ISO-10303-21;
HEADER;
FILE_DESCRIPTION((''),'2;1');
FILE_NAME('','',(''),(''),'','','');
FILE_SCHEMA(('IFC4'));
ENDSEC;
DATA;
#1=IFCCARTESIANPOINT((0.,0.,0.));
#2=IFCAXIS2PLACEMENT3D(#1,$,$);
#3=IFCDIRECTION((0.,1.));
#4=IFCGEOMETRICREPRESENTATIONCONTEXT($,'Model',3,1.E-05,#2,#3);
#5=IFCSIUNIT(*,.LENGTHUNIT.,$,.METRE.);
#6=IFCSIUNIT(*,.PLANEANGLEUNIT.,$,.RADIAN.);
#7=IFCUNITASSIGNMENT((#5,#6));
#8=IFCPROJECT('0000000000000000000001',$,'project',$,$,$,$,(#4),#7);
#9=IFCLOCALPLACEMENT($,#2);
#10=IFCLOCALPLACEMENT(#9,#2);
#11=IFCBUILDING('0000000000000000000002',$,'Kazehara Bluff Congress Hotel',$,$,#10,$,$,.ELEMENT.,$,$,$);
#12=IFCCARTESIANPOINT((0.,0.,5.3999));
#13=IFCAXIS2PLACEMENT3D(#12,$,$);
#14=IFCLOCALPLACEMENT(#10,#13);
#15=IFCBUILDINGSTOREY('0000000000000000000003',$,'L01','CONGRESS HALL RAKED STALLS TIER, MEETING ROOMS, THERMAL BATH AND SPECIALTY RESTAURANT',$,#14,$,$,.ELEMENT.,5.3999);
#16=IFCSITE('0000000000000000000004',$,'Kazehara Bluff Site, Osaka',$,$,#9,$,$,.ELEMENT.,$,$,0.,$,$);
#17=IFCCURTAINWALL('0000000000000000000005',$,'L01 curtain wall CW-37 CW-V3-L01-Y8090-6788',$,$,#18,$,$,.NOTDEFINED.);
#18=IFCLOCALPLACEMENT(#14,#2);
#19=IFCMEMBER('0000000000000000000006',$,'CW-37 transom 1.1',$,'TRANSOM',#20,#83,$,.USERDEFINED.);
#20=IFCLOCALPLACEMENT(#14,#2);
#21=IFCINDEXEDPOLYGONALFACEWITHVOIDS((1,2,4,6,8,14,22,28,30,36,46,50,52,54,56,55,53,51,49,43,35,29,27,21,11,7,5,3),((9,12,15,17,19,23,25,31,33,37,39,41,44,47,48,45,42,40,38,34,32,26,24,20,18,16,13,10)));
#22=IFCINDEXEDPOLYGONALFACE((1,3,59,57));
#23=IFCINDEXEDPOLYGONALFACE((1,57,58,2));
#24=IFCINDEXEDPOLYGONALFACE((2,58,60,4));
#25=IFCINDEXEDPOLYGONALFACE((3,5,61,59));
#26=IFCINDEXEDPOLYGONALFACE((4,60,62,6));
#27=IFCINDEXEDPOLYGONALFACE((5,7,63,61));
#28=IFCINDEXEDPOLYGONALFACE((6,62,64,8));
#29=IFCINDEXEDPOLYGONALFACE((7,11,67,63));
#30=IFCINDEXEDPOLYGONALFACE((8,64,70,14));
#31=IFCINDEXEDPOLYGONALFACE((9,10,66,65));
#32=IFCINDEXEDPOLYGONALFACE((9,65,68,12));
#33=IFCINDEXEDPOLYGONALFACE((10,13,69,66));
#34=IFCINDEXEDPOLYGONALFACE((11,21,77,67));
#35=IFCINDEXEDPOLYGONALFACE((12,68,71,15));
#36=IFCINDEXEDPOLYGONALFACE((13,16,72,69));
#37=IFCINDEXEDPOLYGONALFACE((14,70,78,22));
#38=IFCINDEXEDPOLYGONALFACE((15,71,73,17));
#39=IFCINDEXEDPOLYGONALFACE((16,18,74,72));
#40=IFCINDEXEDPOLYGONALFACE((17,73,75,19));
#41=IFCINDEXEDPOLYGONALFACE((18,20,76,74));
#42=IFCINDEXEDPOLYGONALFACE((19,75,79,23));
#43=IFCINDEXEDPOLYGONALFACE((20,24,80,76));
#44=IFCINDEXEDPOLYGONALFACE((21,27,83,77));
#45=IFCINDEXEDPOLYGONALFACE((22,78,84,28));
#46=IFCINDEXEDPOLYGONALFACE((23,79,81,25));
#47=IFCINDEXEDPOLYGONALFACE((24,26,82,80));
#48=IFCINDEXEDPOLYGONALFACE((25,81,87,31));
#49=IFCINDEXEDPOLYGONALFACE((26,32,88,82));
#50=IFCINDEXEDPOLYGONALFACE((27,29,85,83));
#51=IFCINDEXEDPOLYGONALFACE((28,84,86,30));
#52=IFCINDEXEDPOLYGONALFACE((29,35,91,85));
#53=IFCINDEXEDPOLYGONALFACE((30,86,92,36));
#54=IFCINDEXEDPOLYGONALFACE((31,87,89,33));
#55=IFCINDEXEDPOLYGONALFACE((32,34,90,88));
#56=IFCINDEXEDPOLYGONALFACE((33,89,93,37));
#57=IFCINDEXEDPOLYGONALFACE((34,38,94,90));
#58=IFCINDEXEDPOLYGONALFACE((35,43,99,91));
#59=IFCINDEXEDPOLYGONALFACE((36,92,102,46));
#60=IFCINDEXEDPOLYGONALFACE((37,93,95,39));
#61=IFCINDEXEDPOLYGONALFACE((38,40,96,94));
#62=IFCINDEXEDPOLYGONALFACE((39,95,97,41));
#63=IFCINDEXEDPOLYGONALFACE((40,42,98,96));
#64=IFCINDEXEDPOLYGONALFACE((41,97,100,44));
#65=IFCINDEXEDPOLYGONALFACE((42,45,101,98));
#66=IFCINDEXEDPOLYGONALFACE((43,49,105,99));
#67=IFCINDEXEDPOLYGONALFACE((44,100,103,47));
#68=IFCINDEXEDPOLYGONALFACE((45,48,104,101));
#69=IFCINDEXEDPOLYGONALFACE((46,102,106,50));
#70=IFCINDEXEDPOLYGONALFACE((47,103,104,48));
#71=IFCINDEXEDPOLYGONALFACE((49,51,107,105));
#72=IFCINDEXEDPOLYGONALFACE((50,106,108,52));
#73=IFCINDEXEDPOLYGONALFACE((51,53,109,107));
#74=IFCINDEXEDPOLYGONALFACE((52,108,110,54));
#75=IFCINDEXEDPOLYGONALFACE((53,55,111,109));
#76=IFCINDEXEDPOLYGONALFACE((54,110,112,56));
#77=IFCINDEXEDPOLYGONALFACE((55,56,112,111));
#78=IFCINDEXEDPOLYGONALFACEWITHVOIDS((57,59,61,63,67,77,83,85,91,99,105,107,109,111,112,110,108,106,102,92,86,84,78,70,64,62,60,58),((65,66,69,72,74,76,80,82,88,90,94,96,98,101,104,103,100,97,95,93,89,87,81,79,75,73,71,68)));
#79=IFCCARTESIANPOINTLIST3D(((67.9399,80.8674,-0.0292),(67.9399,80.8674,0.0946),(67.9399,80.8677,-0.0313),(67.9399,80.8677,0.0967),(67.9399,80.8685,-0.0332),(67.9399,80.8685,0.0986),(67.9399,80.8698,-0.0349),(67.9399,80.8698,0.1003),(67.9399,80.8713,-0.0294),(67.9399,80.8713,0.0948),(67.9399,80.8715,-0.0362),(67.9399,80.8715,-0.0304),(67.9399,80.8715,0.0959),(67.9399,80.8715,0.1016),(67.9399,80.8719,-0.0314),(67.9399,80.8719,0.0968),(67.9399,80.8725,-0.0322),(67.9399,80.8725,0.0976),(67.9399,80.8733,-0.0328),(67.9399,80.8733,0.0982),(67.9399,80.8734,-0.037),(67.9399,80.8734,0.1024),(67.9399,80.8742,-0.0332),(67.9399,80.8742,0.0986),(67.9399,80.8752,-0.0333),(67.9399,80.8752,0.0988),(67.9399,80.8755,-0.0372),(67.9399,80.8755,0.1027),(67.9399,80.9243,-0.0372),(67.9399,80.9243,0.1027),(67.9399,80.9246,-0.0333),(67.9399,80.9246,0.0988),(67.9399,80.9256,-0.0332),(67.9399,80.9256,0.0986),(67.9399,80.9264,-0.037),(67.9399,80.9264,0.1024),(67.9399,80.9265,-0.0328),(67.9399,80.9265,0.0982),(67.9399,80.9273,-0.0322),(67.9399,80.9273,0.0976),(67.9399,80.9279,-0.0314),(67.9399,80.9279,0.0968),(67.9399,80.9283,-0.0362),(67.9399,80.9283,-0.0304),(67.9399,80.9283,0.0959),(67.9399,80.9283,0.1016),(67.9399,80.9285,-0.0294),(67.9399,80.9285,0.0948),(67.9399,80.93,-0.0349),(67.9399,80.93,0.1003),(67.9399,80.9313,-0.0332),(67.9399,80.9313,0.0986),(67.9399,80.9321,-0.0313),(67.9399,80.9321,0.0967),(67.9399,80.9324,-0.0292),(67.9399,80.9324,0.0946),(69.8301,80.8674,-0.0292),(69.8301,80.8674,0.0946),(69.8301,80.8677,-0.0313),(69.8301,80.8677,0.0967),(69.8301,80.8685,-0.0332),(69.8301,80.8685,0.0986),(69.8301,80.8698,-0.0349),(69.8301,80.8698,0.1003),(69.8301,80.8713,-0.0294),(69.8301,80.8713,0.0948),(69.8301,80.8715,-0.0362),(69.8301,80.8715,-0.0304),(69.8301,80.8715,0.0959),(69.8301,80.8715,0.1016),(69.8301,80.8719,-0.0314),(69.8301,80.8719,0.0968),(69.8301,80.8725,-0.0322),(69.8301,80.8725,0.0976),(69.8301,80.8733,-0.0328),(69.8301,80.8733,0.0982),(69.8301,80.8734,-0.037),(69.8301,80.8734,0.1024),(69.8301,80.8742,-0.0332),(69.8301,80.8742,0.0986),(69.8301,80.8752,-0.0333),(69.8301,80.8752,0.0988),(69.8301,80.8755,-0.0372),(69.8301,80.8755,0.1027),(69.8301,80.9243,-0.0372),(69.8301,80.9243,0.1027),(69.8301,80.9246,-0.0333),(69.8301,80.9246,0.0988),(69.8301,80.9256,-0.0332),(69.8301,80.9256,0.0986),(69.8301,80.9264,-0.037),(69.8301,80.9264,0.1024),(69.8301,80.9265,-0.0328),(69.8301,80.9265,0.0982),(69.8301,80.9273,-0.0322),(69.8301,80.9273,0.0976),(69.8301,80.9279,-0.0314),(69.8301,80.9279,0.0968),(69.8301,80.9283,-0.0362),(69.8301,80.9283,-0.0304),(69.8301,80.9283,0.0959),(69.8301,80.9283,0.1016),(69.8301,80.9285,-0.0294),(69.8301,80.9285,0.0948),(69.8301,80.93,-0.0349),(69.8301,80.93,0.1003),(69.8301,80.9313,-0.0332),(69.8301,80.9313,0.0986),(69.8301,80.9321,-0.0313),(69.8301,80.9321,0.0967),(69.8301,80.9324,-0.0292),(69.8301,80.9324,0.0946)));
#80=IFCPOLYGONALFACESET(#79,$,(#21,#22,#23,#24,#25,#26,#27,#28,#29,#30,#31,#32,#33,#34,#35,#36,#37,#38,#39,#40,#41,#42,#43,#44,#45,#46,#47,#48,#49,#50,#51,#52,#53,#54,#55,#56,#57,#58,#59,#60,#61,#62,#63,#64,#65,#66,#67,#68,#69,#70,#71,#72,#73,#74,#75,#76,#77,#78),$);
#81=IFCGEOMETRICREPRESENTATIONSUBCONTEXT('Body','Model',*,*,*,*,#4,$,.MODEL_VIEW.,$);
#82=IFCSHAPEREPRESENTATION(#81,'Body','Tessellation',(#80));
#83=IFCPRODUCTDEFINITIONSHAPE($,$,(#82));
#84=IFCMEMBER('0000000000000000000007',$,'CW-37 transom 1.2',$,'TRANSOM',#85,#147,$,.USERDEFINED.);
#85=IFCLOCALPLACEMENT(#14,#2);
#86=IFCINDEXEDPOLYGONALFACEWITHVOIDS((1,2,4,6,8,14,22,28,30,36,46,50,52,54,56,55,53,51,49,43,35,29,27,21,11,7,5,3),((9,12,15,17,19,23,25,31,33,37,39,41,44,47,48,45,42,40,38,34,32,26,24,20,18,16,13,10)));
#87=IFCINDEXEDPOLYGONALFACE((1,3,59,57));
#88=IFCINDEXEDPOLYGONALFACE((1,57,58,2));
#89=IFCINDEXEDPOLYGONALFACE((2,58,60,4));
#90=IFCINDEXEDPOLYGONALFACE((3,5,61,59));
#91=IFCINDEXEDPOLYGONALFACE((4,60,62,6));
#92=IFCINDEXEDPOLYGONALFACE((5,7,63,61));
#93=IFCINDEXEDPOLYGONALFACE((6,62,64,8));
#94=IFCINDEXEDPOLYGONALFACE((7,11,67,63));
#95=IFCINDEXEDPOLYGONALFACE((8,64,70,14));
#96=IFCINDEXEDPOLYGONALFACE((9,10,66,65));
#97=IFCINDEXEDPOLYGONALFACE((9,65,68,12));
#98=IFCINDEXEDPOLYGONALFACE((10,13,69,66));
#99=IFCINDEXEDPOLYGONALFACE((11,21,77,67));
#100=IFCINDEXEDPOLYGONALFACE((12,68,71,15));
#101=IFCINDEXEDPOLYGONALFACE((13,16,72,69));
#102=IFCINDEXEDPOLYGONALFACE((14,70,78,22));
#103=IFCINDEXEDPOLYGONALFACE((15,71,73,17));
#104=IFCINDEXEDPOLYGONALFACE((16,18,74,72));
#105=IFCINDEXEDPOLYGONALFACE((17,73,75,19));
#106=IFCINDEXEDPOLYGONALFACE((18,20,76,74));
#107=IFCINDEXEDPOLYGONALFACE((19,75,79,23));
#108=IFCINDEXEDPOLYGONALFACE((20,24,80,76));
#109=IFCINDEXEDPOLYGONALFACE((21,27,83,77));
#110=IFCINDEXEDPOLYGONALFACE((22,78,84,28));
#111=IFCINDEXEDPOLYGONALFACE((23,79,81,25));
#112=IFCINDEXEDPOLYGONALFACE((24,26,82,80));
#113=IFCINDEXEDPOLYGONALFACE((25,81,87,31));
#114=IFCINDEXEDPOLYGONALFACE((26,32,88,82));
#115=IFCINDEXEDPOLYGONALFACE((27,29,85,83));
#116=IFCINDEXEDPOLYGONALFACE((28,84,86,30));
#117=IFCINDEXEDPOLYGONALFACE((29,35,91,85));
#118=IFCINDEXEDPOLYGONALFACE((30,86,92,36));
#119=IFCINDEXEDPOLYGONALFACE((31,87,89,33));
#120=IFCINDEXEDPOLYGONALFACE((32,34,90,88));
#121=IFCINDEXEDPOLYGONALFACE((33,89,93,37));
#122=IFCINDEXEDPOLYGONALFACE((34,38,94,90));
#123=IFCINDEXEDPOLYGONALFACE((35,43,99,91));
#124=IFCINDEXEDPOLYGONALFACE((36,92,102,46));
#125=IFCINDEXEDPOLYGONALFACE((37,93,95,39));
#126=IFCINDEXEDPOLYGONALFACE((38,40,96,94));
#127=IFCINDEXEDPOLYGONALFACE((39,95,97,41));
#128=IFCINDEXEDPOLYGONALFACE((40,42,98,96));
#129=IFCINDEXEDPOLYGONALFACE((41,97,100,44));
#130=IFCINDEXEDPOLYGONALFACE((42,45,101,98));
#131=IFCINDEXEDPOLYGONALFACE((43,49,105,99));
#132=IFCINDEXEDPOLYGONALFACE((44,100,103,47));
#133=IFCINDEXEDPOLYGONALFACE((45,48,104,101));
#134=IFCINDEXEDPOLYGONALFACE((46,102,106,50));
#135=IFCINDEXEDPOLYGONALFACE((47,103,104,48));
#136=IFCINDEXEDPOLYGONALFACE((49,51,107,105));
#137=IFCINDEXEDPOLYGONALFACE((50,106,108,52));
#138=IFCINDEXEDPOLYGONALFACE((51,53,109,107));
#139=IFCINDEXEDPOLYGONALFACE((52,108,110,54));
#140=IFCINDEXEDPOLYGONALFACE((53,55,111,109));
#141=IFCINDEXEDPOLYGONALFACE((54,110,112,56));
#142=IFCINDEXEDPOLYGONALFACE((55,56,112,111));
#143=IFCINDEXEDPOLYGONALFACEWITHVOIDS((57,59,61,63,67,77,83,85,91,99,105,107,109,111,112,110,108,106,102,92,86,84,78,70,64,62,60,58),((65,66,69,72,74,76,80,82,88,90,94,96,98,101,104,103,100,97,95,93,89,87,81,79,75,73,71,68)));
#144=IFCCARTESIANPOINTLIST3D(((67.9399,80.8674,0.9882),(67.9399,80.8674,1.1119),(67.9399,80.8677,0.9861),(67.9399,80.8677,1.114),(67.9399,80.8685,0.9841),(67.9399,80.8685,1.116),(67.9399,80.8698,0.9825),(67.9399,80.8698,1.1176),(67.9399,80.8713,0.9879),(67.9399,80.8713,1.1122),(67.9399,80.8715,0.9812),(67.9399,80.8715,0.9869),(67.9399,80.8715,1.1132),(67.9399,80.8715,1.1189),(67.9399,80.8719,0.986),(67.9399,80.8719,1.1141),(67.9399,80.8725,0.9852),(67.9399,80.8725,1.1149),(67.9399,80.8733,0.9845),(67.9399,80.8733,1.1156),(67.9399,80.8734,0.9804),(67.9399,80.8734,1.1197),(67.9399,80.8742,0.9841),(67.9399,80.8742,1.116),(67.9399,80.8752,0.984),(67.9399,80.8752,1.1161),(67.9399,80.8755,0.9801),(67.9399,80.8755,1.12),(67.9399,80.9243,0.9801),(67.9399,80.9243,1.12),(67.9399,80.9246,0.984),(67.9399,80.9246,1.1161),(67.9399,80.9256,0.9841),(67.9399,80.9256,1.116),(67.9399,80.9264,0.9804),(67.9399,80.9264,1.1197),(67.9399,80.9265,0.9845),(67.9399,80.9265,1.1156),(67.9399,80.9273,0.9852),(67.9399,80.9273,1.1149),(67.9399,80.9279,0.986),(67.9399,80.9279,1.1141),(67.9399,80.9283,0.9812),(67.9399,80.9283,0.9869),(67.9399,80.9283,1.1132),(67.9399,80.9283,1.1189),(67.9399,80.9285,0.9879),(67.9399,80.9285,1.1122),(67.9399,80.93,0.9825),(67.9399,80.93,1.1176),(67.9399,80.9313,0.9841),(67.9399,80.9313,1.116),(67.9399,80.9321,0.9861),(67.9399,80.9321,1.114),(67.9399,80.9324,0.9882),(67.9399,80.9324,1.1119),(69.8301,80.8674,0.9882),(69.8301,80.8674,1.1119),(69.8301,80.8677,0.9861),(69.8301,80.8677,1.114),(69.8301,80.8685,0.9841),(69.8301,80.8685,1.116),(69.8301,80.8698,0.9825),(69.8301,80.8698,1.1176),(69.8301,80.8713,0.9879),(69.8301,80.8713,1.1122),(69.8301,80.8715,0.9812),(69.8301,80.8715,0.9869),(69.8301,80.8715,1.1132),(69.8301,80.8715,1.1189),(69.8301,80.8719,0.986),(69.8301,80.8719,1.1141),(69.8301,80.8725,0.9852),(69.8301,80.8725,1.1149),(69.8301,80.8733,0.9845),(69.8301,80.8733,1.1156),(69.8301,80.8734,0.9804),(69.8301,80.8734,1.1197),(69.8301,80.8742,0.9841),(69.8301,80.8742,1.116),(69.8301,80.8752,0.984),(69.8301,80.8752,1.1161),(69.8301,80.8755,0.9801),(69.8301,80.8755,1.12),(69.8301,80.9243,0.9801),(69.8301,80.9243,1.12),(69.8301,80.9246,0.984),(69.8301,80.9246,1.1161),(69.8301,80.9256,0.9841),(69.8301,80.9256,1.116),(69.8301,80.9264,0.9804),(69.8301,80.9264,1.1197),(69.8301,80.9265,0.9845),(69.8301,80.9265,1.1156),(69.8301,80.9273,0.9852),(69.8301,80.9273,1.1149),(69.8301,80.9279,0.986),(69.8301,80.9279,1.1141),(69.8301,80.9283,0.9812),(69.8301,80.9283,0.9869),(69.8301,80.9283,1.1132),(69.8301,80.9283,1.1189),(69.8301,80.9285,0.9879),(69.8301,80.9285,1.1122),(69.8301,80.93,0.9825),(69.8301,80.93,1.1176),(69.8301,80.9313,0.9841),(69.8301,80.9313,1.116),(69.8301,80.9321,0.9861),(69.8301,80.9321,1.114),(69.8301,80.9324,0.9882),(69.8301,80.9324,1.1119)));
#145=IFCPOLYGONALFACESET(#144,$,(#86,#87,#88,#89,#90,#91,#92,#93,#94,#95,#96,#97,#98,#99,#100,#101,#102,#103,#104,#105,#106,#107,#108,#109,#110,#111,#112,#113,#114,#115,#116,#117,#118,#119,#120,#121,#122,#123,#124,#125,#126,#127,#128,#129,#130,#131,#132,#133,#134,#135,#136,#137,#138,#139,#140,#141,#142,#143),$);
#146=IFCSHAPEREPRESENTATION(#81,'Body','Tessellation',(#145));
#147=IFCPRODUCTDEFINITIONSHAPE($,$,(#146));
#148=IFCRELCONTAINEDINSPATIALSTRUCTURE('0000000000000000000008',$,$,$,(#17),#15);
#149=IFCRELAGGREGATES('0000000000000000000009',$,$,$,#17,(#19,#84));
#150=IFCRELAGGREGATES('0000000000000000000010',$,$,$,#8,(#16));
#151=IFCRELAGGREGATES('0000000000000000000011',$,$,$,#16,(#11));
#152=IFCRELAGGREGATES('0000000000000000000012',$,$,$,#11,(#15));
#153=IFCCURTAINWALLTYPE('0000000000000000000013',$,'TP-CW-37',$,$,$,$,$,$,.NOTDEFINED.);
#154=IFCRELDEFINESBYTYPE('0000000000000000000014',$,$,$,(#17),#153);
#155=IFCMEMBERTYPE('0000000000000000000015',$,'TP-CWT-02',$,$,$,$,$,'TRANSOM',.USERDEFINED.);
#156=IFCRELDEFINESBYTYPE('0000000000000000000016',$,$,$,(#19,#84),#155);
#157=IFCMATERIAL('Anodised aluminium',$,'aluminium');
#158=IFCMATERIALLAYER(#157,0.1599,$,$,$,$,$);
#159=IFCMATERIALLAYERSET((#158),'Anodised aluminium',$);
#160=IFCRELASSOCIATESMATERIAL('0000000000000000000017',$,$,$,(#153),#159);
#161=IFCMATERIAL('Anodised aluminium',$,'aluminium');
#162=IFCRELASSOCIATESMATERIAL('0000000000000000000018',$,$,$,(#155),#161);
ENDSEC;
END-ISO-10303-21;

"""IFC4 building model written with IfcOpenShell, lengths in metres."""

from ifc_helpers import new_model, si_unit, direction, frame, origin, origin_2d, place, context, subcontext, project, spatial, hollow_rectangle, extrude, material, layer, layer_set, material_profile, profile_set, type_object, element, aggregate, save


model = new_model("IFC4")

# Units and contexts
model_context = context("Model", 3, precision=1e-05, world=origin(), true_north=direction((0.0, 1.0)))
body_context = subcontext(model_context, "Body", "Model", "MODEL_VIEW")
ifc_project = project(units=[si_unit("LENGTHUNIT", "METRE"), si_unit("PLANEANGLEUNIT", "RADIAN")], contexts=[model_context])

# Site, building, storey
site_placement = place(None, origin())
site = spatial("IfcSite", under=ifc_project, at=site_placement, Name="Kazehara Bluff Site, Osaka", CompositionType="ELEMENT", RefElevation=0.0)
building_placement = place(site_placement, origin())
building = spatial("IfcBuilding", under=site, at=building_placement, Name="Kazehara Bluff Congress Hotel", CompositionType="ELEMENT")
storey_placement = place(building_placement, frame((0.0, 0.0, 5.3999)))
storey = spatial("IfcBuildingStorey", under=building, at=storey_placement, Name="L01", Description="CONGRESS HALL RAKED STALLS TIER, MEETING ROOMS, THERMAL BATH AND SPECIALTY RESTAURANT", CompositionType="ELEMENT", Elevation=5.3999)

# Curtain wall, members
ifc_material_1 = material(Name="Anodised aluminium", Category="aluminium")
ifc_layer_1 = layer(ifc_material_1, 0.1599)
ifc_layer_set_1 = layer_set([ifc_layer_1], Name="Anodised aluminium")
curtain_wall_type_1 = type_object("IfcCurtainWallType", Name="TP-CW-37", PredefinedType="NOTDEFINED", material=ifc_layer_set_1)
curtain_wall_1_placement = place(storey_placement, origin())
curtain_wall_1 = element("IfcCurtainWall", 1, at=curtain_wall_1_placement, inside=storey, type_object=curtain_wall_type_1, Name="L01 curtain wall CW-37 CW-V3-L01-Y8090-6788", PredefinedType="NOTDEFINED")
ifc_material_2 = material(Name="Anodised aluminium", Category="aluminium")
ifc_material_profile_1 = material_profile(ifc_material_2, hollow_rectangle(XDim=0.0649, YDim=0.1399, WallThickness=0.0039, InnerFilletRadius=0.0039, OuterFilletRadius=0.0081, at=origin_2d()))
ifc_profile_set_1 = profile_set([ifc_material_profile_1], Name="Anodised aluminium")
member_type_1 = type_object("IfcMemberType", Name="TP-CWT-02", ElementType="TRANSOM", PredefinedType="USERDEFINED", material=ifc_profile_set_1)
member_1_placement = place(storey_placement, frame((67.9399, 80.8999, 0.0327), z_axis=(1.0, 0.0, 0.0), x_axis=(0.0, 1.0, 0.0)))
member_1 = element("IfcMember", 2, at=member_1_placement, type_object=member_type_1, Name="CW-37 transom 1.1", ObjectType="TRANSOM", PredefinedType="USERDEFINED", context=body_context, shape_type="SweptSolid", body=[
    extrude(hollow_rectangle(XDim=0.0649, YDim=0.1399, WallThickness=0.0039, InnerFilletRadius=0.0039, OuterFilletRadius=0.0081, at=origin_2d()), origin(), (0.0, 0.0, 1.0), 1.8901),
])
member_2_placement = place(storey_placement, frame((67.9399, 80.8999, 1.05), z_axis=(1.0, 0.0, 0.0), x_axis=(0.0, 1.0, 0.0)))
member_2 = element("IfcMember", 3, at=member_2_placement, type_object=member_type_1, Name="CW-37 transom 1.2", ObjectType="TRANSOM", PredefinedType="USERDEFINED", context=body_context, shape_type="SweptSolid", body=[
    extrude(hollow_rectangle(XDim=0.0649, YDim=0.1399, WallThickness=0.0039, InnerFilletRadius=0.0039, OuterFilletRadius=0.0081, at=origin_2d()), origin(), (0.0, 0.0, 1.0), 1.8901),
])
aggregate(curtain_wall_1, [member_1, member_2])

save(model, "model.ifc")
